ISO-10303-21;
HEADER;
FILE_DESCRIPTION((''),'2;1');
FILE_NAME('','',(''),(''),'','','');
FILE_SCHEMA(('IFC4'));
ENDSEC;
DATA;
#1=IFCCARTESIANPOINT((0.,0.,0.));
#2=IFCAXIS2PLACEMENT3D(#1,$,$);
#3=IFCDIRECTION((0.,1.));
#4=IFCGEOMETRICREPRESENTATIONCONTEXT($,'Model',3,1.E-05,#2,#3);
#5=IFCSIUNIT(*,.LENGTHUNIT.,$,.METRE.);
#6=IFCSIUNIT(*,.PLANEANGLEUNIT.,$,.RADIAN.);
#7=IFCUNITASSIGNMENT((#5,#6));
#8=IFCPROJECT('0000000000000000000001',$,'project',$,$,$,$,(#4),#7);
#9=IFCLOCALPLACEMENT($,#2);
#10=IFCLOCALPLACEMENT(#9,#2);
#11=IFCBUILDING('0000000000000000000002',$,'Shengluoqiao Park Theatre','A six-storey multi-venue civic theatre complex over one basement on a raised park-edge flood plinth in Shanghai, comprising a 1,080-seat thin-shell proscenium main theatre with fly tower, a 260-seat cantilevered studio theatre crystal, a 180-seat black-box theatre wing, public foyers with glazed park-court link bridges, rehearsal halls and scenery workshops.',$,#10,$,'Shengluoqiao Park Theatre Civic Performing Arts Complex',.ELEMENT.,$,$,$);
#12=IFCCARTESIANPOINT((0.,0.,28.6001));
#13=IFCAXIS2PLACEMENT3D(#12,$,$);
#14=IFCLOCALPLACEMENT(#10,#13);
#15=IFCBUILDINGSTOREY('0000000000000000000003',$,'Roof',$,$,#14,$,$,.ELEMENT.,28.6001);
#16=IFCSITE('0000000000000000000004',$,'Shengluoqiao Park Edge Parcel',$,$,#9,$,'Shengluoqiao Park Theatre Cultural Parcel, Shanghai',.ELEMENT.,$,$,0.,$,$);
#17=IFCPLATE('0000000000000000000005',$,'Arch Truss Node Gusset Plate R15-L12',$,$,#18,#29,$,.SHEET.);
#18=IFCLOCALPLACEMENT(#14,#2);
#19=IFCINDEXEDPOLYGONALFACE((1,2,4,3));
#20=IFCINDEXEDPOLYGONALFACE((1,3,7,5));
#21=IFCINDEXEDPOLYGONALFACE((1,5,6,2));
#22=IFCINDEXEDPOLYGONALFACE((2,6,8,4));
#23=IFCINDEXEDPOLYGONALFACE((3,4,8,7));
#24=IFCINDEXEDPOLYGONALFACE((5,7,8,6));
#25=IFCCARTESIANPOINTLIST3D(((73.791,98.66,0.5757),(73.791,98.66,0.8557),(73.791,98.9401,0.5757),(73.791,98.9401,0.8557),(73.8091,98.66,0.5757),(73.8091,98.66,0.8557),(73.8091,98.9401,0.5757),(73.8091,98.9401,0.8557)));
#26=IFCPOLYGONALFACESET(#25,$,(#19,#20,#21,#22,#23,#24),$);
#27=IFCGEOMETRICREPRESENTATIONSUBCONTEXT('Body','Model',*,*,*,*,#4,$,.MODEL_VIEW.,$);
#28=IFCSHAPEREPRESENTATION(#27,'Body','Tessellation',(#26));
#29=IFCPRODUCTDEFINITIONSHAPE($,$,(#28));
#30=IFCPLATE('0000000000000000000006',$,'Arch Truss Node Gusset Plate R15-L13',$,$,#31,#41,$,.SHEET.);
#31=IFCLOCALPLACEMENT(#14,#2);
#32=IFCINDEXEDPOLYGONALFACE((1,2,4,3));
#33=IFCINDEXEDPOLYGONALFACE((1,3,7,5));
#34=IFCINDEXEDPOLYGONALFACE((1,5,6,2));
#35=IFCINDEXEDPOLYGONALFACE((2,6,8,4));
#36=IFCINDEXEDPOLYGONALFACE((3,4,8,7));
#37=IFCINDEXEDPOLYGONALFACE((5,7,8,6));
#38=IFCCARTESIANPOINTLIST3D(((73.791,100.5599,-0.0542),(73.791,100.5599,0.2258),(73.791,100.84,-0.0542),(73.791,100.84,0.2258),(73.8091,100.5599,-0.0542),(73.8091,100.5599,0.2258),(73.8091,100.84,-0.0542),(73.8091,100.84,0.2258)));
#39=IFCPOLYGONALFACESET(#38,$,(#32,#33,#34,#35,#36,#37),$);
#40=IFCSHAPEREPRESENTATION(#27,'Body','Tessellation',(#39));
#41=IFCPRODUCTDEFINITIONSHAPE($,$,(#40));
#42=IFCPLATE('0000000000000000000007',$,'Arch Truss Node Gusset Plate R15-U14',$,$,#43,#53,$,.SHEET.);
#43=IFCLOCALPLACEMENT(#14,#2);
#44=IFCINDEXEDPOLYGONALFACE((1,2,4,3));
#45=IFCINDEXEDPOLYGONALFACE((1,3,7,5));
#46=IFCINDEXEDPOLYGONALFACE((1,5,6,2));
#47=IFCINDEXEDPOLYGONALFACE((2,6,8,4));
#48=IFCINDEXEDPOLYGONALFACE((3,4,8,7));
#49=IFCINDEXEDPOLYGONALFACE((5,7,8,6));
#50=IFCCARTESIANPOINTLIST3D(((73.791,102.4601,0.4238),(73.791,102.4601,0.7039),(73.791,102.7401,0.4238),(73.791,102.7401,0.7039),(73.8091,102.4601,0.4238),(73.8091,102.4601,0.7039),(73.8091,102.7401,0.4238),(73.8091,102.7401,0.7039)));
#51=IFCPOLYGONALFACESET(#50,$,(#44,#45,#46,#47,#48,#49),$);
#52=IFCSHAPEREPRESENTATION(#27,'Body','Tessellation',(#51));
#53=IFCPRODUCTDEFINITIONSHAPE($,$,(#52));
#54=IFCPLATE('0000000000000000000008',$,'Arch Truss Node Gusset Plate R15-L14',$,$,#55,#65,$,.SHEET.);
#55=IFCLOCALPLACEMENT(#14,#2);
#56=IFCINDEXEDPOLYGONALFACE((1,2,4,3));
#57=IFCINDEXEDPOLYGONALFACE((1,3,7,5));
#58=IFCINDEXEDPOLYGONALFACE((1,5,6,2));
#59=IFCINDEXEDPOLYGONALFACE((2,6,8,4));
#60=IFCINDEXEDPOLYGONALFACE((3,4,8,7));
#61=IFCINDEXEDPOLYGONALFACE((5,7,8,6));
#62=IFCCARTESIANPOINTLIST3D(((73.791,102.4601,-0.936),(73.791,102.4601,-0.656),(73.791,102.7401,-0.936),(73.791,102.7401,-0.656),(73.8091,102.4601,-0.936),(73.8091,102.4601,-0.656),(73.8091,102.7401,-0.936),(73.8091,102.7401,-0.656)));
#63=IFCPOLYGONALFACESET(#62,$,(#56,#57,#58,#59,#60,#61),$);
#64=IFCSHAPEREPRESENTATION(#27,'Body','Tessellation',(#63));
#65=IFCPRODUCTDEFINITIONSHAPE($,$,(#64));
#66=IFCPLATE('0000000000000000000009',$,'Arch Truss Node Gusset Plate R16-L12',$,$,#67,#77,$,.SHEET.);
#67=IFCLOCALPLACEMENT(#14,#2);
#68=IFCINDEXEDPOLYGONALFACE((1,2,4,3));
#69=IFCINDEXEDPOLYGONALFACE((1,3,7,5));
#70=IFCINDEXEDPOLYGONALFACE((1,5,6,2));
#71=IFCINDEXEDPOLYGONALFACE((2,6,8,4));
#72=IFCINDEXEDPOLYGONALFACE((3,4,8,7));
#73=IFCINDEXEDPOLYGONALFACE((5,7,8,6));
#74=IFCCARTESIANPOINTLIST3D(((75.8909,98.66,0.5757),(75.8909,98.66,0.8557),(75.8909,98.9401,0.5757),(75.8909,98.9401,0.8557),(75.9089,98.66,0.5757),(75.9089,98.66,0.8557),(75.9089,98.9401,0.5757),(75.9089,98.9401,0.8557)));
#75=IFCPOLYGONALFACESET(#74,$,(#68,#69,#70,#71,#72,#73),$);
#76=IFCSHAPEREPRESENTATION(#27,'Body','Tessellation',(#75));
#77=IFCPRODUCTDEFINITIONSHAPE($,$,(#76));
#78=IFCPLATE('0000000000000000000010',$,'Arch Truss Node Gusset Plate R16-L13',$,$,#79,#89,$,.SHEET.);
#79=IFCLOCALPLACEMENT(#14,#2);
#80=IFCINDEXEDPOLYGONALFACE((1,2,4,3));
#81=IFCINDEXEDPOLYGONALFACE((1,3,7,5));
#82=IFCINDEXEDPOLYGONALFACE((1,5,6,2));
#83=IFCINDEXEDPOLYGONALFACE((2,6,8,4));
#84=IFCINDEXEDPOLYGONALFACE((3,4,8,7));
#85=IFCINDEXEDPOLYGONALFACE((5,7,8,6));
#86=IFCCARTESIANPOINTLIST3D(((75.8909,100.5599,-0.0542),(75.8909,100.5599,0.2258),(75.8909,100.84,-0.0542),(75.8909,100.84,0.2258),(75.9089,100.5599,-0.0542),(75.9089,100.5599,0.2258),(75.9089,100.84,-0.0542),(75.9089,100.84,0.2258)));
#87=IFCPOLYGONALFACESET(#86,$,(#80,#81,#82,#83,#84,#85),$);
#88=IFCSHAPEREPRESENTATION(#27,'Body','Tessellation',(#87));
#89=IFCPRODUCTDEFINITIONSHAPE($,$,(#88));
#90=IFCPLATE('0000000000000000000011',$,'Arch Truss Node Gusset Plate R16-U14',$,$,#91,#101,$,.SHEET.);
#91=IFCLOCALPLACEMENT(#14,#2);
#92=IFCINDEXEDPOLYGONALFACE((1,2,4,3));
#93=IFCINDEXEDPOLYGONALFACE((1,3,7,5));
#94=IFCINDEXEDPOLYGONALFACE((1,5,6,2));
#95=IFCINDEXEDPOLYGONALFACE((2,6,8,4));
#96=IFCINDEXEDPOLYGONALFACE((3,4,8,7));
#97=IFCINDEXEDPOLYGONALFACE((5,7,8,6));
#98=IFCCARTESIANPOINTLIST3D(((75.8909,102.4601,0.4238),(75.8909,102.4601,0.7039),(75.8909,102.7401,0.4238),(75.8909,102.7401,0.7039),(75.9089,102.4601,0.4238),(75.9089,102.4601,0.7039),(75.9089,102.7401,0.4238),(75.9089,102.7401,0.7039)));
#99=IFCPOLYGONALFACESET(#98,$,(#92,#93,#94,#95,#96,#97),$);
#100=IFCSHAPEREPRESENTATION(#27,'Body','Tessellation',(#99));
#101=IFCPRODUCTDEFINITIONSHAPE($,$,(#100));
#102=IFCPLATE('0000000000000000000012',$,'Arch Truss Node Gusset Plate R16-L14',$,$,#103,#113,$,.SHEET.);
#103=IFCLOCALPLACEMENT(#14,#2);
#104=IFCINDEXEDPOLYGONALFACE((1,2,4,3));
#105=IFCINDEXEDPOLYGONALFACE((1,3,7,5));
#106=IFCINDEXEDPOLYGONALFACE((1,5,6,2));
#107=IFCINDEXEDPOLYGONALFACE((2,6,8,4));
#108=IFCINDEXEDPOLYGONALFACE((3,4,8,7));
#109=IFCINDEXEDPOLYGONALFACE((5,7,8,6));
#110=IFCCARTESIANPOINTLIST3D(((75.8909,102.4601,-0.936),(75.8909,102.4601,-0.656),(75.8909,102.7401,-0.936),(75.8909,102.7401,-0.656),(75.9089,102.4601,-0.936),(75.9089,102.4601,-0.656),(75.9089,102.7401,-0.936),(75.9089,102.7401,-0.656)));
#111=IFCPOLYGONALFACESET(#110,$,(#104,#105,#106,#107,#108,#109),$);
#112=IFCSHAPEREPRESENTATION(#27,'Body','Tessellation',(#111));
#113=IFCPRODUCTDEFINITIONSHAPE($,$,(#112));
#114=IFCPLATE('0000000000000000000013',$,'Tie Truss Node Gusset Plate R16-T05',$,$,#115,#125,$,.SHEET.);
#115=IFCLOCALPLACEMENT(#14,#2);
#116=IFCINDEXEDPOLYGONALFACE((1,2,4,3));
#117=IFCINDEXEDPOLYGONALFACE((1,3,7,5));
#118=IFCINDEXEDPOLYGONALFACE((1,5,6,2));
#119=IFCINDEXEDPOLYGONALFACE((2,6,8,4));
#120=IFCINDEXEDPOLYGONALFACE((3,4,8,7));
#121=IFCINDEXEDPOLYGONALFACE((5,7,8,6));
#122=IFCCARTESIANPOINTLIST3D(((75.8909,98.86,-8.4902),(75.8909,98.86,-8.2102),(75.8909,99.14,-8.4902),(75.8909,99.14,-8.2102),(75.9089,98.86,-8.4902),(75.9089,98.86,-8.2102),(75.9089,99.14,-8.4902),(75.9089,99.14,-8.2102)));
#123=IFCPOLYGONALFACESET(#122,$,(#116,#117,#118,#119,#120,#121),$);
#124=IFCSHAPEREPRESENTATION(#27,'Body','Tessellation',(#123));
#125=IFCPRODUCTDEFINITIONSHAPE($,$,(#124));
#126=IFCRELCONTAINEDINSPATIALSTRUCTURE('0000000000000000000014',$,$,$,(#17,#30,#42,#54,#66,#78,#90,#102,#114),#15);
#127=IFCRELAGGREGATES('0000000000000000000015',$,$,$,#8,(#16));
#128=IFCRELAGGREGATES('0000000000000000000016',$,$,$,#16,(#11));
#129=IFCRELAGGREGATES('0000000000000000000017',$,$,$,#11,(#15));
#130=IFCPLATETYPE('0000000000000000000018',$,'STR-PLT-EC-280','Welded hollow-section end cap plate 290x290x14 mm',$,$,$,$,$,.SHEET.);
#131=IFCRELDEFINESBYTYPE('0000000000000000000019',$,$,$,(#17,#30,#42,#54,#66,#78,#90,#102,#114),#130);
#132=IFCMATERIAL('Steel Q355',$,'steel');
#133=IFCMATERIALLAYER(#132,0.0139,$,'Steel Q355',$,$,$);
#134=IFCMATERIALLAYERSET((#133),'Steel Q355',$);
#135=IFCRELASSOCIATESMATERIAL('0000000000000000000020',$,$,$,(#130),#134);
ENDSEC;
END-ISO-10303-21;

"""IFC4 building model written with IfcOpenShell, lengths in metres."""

from ifc_helpers import new_model, si_unit, direction, frame, origin, origin_2d, place, context, subcontext, project, spatial, rectangle, extrude, material, layer, layer_set, type_object, element, save


model = new_model("IFC4")

# Units and contexts
model_context = context("Model", 3, precision=1e-05, world=origin(), true_north=direction((0.0, 1.0)))
body_context = subcontext(model_context, "Body", "Model", "MODEL_VIEW")
ifc_project = project(units=[si_unit("LENGTHUNIT", "METRE"), si_unit("PLANEANGLEUNIT", "RADIAN")], contexts=[model_context])

# Site, building, storey
site_placement = place(None, origin())
site = spatial("IfcSite", under=ifc_project, at=site_placement, Name="Shengluoqiao Park Edge Parcel", LongName="Shengluoqiao Park Theatre Cultural Parcel, Shanghai", CompositionType="ELEMENT", RefElevation=0.0)
building_placement = place(site_placement, origin())
building = spatial("IfcBuilding", under=site, at=building_placement, Name="Shengluoqiao Park Theatre", Description="A six-storey multi-venue civic theatre complex over one basement on a raised park-edge flood plinth in Shanghai, comprising a 1,080-seat thin-shell proscenium main theatre with fly tower, a 260-seat cantilevered studio theatre crystal, a 180-seat black-box theatre wing, public foyers with glazed park-court link bridges, rehearsal halls and scenery workshops.", LongName="Shengluoqiao Park Theatre Civic Performing Arts Complex", CompositionType="ELEMENT")
storey_placement = place(building_placement, frame((0.0, 0.0, 28.6001)))
storey = spatial("IfcBuildingStorey", under=building, at=storey_placement, Name="Roof", CompositionType="ELEMENT", Elevation=28.6001)

# Shared definitions
ifc_material_1 = material(Name="Steel Q355", Category="steel")

# Plates
ifc_layer = layer(ifc_material_1, 0.0139, Name="Steel Q355")
ifc_layer_set = layer_set([ifc_layer], Name="Steel Q355")
plate_type = type_object("IfcPlateType", Name="STR-PLT-EC-280", Description="Welded hollow-section end cap plate 290x290x14 mm", PredefinedType="SHEET", material=ifc_layer_set)
for number, where, z_axis, x_axis, name in (
    (1, (73.8, 98.8, 0.5757), (0.0, 0.0, 1.0), (1.0, 0.0, 0.0), "Arch Truss Node Gusset Plate R15-L12"),
    (2, (73.8, 100.7, -0.0542), (0.0, 0.0, 1.0), (1.0, 0.0, 0.0), "Arch Truss Node Gusset Plate R15-L13"),
    (3, (73.8, 102.6001, 0.4238), (0.0, 0.0, 1.0), (1.0, 0.0, 0.0), "Arch Truss Node Gusset Plate R15-U14"),
    (4, (73.8, 102.6001, -0.936), (0.0, 0.0, 1.0), (1.0, 0.0, 0.0), "Arch Truss Node Gusset Plate R15-L14"),
    (5, (75.8999, 98.8, 0.5757), (0.0, 0.0, 1.0), (1.0, 0.0, 0.0), "Arch Truss Node Gusset Plate R16-L12"),
    (6, (75.8999, 100.7, -0.0542), (0.0, 0.0, 1.0), (1.0, 0.0, 0.0), "Arch Truss Node Gusset Plate R16-L13"),
    (7, (75.8999, 102.6001, 0.4238), (0.0, 0.0, 1.0), (1.0, 0.0, 0.0), "Arch Truss Node Gusset Plate R16-U14"),
    (8, (75.8999, 102.6001, -0.936), (0.0, 0.0, 1.0), (1.0, 0.0, 0.0), "Arch Truss Node Gusset Plate R16-L14"),
    (9, (75.8999, 99.0, -8.4902), (0.0, 0.0, 1.0), (1.0, 0.0, 0.0), "Tie Truss Node Gusset Plate R16-T05"),
):
    element("IfcPlate", number, at=place(storey_placement, frame(where, z_axis=z_axis, x_axis=x_axis)), inside=storey, type_object=plate_type, Name=name, PredefinedType="SHEET", context=body_context, shape_type="SweptSolid", body=[
        extrude(rectangle(XDim=0.0181, YDim=0.28, at=origin_2d()), origin(), (0.0, 0.0, 1.0), 0.28),
    ])

save(model, "model.ifc")
